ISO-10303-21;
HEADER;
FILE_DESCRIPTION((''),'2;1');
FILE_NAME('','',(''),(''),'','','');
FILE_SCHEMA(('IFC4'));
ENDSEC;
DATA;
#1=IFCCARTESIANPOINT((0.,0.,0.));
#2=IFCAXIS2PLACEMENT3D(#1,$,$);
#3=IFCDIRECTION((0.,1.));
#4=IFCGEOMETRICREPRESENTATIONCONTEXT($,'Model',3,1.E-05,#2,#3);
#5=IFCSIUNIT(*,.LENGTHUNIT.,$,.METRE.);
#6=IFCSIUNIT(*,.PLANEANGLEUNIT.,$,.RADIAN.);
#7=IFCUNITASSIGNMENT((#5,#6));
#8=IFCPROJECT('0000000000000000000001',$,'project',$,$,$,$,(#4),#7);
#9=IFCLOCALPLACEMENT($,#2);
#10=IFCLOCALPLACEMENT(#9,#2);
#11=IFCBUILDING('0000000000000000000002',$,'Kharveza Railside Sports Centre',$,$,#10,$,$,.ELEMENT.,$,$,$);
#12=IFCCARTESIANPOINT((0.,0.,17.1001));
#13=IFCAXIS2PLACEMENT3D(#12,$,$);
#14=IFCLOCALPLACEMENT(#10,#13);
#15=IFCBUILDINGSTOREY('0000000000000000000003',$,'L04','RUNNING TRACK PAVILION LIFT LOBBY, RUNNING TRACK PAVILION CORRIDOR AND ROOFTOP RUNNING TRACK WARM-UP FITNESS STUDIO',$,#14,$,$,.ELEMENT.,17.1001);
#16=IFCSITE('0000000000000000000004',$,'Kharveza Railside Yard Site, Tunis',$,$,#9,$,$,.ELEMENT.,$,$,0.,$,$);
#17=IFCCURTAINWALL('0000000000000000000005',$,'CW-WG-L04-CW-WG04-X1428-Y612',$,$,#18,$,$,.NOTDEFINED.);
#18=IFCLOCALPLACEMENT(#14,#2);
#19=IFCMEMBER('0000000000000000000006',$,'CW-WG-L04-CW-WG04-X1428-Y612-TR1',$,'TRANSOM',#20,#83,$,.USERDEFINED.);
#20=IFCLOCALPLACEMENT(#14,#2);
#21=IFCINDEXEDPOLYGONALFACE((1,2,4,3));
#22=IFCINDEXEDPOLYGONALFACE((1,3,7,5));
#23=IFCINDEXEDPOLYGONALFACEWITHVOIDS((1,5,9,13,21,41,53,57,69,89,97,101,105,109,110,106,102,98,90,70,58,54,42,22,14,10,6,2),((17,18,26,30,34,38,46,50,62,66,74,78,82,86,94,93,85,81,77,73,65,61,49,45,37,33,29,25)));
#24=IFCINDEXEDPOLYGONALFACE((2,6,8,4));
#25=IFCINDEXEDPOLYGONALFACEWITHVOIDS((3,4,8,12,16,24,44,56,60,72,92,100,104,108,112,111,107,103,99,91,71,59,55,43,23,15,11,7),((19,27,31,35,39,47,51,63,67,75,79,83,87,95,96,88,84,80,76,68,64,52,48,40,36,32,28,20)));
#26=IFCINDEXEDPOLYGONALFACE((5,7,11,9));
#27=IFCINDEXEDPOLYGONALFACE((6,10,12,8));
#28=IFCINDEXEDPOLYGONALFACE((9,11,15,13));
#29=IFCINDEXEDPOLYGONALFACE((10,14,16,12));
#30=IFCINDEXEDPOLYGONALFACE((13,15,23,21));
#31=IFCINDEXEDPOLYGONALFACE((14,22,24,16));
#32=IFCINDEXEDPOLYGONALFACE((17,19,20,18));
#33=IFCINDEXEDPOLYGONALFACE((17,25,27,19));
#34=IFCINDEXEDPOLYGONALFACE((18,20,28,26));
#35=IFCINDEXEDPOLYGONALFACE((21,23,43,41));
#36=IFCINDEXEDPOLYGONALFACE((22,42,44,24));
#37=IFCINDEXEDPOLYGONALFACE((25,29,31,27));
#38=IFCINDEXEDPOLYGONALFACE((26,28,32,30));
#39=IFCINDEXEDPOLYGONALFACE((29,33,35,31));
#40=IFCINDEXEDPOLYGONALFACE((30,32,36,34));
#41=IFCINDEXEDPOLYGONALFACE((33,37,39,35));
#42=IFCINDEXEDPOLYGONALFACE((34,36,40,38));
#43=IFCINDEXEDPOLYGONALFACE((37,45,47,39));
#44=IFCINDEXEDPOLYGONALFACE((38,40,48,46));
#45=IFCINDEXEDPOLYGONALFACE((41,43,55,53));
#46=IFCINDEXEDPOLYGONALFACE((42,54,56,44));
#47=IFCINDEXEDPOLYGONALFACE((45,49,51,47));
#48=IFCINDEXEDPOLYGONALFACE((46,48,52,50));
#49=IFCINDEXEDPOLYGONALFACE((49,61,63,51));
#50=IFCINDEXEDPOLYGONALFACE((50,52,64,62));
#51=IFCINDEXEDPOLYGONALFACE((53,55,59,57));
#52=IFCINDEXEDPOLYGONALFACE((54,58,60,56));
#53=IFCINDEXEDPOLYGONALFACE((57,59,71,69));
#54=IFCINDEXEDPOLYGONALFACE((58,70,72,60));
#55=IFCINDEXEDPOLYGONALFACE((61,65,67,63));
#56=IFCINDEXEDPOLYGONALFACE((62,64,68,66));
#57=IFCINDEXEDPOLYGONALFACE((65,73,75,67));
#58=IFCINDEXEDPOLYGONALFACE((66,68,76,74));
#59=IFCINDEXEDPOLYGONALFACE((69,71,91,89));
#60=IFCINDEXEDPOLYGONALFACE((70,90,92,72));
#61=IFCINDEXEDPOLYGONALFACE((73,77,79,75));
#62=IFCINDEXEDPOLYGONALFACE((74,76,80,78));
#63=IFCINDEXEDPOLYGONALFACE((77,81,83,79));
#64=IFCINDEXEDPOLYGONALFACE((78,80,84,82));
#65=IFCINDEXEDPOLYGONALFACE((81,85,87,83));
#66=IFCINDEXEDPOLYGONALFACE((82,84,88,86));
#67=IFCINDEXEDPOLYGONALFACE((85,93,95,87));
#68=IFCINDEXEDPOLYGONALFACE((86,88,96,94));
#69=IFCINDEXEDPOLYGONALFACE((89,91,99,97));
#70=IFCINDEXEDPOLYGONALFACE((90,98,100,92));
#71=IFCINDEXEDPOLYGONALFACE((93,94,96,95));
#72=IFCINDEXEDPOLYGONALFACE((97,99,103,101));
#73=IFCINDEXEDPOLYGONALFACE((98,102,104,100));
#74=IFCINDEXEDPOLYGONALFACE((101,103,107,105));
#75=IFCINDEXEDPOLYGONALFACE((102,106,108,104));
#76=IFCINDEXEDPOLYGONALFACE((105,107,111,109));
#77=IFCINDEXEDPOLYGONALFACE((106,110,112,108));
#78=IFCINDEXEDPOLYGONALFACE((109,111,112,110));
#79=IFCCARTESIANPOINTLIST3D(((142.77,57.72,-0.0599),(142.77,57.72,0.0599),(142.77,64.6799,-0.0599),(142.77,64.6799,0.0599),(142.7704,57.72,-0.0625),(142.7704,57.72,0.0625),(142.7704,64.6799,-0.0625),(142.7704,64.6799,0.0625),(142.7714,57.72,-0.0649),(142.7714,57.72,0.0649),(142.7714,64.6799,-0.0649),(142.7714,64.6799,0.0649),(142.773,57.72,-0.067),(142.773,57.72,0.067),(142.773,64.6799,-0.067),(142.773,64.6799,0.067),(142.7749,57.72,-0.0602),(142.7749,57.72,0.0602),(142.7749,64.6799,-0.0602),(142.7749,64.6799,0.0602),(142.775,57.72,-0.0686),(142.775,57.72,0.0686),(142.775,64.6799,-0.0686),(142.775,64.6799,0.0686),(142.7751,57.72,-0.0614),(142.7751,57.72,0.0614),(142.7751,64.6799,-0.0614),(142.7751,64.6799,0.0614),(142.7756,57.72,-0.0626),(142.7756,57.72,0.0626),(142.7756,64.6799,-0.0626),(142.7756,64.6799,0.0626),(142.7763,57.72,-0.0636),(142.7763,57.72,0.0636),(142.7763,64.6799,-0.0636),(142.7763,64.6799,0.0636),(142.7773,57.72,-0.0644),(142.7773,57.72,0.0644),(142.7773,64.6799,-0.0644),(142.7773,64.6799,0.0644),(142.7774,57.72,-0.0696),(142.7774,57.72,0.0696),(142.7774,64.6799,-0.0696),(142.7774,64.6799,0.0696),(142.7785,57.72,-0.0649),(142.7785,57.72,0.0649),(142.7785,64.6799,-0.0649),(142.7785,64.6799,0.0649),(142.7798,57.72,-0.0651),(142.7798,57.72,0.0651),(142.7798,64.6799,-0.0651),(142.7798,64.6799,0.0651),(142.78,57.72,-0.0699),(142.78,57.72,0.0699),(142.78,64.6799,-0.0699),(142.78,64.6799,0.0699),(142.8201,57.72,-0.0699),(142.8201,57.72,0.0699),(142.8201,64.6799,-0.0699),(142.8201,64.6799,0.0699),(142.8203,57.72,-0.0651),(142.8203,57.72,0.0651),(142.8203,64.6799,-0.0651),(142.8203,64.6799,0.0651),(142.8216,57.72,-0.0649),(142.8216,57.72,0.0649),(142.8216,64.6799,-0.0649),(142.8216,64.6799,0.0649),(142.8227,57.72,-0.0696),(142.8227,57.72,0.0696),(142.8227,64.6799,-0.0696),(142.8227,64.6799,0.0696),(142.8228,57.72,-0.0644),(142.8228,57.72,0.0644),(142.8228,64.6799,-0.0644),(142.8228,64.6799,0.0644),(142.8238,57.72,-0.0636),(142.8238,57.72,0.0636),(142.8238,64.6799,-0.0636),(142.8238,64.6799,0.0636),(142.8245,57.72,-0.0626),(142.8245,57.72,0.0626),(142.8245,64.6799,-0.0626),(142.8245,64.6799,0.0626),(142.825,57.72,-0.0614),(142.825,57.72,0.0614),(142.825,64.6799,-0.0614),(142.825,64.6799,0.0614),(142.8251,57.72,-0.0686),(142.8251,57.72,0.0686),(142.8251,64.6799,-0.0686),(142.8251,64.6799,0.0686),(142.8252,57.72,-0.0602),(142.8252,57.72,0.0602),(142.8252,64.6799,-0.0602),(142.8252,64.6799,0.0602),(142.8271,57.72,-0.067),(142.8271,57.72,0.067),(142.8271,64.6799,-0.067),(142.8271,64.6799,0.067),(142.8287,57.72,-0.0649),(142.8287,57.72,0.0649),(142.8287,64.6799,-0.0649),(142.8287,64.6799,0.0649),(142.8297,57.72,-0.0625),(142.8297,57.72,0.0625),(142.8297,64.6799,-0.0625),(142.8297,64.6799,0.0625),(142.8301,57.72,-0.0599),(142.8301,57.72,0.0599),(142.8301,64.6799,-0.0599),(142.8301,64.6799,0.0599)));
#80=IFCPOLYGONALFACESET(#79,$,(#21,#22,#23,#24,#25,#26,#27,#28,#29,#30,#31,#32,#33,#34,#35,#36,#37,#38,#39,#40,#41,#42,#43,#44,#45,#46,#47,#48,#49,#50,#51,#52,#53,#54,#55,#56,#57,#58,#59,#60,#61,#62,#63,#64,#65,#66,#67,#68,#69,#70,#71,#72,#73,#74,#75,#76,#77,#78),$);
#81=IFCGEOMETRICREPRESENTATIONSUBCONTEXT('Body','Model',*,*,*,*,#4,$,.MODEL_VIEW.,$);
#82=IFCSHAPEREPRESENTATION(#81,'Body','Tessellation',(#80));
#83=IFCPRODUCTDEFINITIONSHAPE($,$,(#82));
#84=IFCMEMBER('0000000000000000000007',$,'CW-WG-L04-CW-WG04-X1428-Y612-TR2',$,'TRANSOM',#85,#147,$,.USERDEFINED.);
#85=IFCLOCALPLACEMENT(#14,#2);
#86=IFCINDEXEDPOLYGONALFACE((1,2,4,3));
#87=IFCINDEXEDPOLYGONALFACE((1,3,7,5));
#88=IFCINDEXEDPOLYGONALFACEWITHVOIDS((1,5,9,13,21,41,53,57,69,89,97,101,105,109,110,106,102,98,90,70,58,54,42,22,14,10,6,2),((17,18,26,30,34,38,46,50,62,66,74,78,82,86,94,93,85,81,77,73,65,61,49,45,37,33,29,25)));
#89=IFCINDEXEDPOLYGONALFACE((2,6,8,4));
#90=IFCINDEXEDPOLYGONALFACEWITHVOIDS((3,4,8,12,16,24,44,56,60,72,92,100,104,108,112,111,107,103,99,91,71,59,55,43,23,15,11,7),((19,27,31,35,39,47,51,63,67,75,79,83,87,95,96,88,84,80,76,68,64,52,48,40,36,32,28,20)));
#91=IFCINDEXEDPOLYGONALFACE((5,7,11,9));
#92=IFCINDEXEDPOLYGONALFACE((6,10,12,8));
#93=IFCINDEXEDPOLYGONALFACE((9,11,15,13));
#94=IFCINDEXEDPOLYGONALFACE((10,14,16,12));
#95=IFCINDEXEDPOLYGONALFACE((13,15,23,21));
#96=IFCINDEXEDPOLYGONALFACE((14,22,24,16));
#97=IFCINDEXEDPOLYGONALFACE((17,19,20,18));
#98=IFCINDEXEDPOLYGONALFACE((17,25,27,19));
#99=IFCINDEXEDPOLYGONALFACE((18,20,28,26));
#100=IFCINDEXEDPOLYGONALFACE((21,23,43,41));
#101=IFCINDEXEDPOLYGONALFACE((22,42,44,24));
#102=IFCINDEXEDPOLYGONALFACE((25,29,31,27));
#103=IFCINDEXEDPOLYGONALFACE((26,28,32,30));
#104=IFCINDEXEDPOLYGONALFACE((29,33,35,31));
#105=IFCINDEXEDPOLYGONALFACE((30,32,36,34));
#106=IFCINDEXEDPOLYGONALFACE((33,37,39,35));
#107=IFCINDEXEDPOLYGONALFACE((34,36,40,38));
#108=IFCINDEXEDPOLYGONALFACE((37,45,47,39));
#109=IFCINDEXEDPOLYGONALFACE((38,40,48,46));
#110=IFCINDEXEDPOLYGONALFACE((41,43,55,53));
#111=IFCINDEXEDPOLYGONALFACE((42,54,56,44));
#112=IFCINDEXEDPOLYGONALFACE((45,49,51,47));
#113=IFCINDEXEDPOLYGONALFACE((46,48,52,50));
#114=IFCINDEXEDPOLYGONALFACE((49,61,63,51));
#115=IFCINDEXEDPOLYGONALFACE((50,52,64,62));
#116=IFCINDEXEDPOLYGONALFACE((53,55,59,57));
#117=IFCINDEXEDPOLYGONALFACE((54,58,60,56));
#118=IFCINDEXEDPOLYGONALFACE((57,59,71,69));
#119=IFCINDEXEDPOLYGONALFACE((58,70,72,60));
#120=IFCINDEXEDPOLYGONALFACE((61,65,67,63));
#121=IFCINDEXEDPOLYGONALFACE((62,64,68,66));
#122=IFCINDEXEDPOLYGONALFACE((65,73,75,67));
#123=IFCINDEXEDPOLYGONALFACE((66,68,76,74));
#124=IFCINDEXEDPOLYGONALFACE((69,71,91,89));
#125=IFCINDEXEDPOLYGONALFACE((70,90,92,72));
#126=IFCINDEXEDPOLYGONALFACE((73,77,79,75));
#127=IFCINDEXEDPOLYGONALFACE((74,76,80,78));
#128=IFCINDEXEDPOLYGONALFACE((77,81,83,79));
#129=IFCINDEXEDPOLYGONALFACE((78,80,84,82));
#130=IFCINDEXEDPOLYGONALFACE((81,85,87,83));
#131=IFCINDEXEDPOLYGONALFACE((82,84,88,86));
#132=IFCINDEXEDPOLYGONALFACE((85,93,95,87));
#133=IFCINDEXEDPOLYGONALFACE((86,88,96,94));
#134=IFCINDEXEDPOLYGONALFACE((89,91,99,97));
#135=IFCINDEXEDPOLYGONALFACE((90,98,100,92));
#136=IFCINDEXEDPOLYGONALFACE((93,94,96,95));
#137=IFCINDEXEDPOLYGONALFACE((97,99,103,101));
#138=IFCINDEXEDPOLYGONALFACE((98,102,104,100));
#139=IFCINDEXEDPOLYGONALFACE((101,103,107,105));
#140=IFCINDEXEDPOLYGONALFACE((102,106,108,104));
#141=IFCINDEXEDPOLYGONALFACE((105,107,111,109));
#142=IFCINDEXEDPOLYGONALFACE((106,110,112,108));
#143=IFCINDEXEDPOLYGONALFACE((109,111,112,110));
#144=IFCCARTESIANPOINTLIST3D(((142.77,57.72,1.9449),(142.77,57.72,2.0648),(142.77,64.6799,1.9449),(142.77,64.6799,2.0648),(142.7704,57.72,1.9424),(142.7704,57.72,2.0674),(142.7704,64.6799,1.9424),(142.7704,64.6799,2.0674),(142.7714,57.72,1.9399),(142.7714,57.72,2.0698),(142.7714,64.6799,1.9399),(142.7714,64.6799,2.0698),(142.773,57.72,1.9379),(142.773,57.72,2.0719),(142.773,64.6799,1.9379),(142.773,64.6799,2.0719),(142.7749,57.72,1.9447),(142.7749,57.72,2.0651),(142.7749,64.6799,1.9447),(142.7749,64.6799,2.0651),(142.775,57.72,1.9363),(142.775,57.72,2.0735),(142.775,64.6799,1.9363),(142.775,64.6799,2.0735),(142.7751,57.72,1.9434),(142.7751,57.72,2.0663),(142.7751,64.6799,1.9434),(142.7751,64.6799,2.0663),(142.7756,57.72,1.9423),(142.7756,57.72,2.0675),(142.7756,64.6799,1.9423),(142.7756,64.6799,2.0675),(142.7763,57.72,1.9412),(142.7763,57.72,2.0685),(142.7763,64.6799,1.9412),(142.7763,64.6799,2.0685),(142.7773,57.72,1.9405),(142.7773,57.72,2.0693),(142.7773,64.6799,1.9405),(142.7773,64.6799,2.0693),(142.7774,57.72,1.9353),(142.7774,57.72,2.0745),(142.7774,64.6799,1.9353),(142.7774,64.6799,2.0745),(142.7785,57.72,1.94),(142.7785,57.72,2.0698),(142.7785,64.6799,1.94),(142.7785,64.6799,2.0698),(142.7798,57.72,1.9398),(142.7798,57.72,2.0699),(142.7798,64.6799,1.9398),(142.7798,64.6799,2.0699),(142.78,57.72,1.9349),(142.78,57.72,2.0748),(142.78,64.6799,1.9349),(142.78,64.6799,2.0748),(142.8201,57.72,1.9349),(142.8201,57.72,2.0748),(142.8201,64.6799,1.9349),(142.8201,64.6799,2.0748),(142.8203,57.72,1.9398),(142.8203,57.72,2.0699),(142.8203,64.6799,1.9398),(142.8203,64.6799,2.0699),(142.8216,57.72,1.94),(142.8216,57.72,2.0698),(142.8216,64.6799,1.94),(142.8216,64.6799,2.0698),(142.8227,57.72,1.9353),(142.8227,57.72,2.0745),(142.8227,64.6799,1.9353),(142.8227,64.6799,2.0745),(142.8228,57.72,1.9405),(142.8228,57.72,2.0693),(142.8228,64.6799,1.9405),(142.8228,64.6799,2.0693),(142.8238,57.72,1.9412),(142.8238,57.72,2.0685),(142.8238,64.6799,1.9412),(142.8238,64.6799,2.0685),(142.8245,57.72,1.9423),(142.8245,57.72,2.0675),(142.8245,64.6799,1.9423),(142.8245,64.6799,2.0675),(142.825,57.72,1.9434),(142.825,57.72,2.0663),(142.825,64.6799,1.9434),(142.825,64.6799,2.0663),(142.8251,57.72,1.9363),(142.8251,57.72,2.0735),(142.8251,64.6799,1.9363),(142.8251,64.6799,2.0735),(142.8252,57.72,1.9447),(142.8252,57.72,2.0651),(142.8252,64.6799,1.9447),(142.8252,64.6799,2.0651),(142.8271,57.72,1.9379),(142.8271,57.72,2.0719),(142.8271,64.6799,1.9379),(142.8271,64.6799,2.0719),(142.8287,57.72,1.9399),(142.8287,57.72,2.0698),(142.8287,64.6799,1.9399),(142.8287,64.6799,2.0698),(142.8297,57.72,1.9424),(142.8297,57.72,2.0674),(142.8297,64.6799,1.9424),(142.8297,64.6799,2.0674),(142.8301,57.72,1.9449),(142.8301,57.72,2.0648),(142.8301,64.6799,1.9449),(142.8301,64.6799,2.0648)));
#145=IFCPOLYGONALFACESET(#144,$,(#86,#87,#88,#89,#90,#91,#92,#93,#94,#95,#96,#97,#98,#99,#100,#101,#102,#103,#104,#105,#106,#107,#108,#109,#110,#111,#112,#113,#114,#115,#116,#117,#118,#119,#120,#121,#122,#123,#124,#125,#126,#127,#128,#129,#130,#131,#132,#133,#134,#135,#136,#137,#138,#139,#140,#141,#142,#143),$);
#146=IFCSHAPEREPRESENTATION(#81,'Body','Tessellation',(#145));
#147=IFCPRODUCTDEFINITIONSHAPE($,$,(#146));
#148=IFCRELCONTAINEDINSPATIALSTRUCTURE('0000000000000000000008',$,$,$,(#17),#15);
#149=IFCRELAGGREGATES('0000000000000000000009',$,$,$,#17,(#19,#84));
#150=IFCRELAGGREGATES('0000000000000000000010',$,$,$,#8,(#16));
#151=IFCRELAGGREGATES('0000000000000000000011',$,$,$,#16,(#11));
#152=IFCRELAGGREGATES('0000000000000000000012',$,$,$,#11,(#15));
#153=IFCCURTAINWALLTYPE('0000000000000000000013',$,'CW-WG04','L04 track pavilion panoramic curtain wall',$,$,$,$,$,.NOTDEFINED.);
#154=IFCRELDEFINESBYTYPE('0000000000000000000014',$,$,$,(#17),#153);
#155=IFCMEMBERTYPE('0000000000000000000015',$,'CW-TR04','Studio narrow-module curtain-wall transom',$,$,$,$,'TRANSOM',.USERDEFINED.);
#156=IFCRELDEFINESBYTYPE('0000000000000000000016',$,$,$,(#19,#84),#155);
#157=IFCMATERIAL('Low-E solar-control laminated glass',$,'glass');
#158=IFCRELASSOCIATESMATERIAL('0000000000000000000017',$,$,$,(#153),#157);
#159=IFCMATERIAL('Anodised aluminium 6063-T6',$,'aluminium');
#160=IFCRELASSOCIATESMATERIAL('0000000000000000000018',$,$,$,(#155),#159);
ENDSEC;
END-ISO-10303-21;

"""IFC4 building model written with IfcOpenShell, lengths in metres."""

from ifc_helpers import new_model, si_unit, direction, frame, origin, origin_2d, place, context, subcontext, project, spatial, hollow_rectangle, extrude, material, material_profile, profile_set, type_object, element, aggregate, save


model = new_model("IFC4")

# Units and contexts
model_context = context("Model", 3, precision=1e-05, world=origin(), true_north=direction((0.0, 1.0)))
body_context = subcontext(model_context, "Body", "Model", "MODEL_VIEW")
ifc_project = project(units=[si_unit("LENGTHUNIT", "METRE"), si_unit("PLANEANGLEUNIT", "RADIAN")], contexts=[model_context])

# Site, building, storey
site_placement = place(None, origin())
site = spatial("IfcSite", under=ifc_project, at=site_placement, Name="Kharveza Railside Yard Site, Tunis", CompositionType="ELEMENT", RefElevation=0.0)
building_placement = place(site_placement, origin())
building = spatial("IfcBuilding", under=site, at=building_placement, Name="Kharveza Railside Sports Centre", CompositionType="ELEMENT")
storey_placement = place(building_placement, frame((0.0, 0.0, 17.1001)))
storey = spatial("IfcBuildingStorey", under=building, at=storey_placement, Name="L04", Description="RUNNING TRACK PAVILION LIFT LOBBY, RUNNING TRACK PAVILION CORRIDOR AND ROOFTOP RUNNING TRACK WARM-UP FITNESS STUDIO", CompositionType="ELEMENT", Elevation=17.1001)

# Curtain wall, members
ifc_material_1 = material(Name="Low-E solar-control laminated glass", Category="glass")
curtain_wall_type = type_object("IfcCurtainWallType", Name="CW-WG04", Description="L04 track pavilion panoramic curtain wall", PredefinedType="NOTDEFINED", material=ifc_material_1)
curtain_wall_placement = place(storey_placement, origin())
curtain_wall = element("IfcCurtainWall", 1, at=curtain_wall_placement, inside=storey, type_object=curtain_wall_type, Name="CW-WG-L04-CW-WG04-X1428-Y612", PredefinedType="NOTDEFINED")
ifc_material_2 = material(Name="Anodised aluminium 6063-T6", Category="aluminium")
ifc_material_profile_1 = material_profile(ifc_material_2, hollow_rectangle(XDim=0.0601, YDim=0.1399, WallThickness=0.0049, InnerFilletRadius=0.0049, OuterFilletRadius=0.01, at=origin_2d()), Name="RHS 60x140x5.0")
ifc_profile_set_1 = profile_set([ifc_material_profile_1], Name="Anodised aluminium 6063-T6")
member_type_1 = type_object("IfcMemberType", Name="CW-TR04", Description="Studio narrow-module curtain-wall transom", ElementType="TRANSOM", PredefinedType="USERDEFINED", material=ifc_profile_set_1)
member_1_placement = place(storey_placement, frame((142.8, 64.6799, 0.0), z_axis=(0.0, -1.0, 0.0), x_axis=(1.0, 0.0, 0.0)))
member_1 = element("IfcMember", 2, at=member_1_placement, type_object=member_type_1, Name="CW-WG-L04-CW-WG04-X1428-Y612-TR1", ObjectType="TRANSOM", PredefinedType="USERDEFINED", context=body_context, shape_type="SweptSolid", body=[
    extrude(hollow_rectangle(XDim=0.0601, YDim=0.1399, WallThickness=0.0049, InnerFilletRadius=0.0049, OuterFilletRadius=0.01, at=origin_2d()), origin(), (0.0, 0.0, 1.0), 6.96),
])
member_2_placement = place(storey_placement, frame((142.8, 64.6799, 2.0049), z_axis=(0.0, -1.0, 0.0), x_axis=(1.0, 0.0, 0.0)))
member_2 = element("IfcMember", 3, at=member_2_placement, type_object=member_type_1, Name="CW-WG-L04-CW-WG04-X1428-Y612-TR2", ObjectType="TRANSOM", PredefinedType="USERDEFINED", context=body_context, shape_type="SweptSolid", body=[
    extrude(hollow_rectangle(XDim=0.0601, YDim=0.1399, WallThickness=0.0049, InnerFilletRadius=0.0049, OuterFilletRadius=0.01, at=origin_2d()), origin(), (0.0, 0.0, 1.0), 6.96),
])

aggregate(curtain_wall, [member_1, member_2])

save(model, "model.ifc")
